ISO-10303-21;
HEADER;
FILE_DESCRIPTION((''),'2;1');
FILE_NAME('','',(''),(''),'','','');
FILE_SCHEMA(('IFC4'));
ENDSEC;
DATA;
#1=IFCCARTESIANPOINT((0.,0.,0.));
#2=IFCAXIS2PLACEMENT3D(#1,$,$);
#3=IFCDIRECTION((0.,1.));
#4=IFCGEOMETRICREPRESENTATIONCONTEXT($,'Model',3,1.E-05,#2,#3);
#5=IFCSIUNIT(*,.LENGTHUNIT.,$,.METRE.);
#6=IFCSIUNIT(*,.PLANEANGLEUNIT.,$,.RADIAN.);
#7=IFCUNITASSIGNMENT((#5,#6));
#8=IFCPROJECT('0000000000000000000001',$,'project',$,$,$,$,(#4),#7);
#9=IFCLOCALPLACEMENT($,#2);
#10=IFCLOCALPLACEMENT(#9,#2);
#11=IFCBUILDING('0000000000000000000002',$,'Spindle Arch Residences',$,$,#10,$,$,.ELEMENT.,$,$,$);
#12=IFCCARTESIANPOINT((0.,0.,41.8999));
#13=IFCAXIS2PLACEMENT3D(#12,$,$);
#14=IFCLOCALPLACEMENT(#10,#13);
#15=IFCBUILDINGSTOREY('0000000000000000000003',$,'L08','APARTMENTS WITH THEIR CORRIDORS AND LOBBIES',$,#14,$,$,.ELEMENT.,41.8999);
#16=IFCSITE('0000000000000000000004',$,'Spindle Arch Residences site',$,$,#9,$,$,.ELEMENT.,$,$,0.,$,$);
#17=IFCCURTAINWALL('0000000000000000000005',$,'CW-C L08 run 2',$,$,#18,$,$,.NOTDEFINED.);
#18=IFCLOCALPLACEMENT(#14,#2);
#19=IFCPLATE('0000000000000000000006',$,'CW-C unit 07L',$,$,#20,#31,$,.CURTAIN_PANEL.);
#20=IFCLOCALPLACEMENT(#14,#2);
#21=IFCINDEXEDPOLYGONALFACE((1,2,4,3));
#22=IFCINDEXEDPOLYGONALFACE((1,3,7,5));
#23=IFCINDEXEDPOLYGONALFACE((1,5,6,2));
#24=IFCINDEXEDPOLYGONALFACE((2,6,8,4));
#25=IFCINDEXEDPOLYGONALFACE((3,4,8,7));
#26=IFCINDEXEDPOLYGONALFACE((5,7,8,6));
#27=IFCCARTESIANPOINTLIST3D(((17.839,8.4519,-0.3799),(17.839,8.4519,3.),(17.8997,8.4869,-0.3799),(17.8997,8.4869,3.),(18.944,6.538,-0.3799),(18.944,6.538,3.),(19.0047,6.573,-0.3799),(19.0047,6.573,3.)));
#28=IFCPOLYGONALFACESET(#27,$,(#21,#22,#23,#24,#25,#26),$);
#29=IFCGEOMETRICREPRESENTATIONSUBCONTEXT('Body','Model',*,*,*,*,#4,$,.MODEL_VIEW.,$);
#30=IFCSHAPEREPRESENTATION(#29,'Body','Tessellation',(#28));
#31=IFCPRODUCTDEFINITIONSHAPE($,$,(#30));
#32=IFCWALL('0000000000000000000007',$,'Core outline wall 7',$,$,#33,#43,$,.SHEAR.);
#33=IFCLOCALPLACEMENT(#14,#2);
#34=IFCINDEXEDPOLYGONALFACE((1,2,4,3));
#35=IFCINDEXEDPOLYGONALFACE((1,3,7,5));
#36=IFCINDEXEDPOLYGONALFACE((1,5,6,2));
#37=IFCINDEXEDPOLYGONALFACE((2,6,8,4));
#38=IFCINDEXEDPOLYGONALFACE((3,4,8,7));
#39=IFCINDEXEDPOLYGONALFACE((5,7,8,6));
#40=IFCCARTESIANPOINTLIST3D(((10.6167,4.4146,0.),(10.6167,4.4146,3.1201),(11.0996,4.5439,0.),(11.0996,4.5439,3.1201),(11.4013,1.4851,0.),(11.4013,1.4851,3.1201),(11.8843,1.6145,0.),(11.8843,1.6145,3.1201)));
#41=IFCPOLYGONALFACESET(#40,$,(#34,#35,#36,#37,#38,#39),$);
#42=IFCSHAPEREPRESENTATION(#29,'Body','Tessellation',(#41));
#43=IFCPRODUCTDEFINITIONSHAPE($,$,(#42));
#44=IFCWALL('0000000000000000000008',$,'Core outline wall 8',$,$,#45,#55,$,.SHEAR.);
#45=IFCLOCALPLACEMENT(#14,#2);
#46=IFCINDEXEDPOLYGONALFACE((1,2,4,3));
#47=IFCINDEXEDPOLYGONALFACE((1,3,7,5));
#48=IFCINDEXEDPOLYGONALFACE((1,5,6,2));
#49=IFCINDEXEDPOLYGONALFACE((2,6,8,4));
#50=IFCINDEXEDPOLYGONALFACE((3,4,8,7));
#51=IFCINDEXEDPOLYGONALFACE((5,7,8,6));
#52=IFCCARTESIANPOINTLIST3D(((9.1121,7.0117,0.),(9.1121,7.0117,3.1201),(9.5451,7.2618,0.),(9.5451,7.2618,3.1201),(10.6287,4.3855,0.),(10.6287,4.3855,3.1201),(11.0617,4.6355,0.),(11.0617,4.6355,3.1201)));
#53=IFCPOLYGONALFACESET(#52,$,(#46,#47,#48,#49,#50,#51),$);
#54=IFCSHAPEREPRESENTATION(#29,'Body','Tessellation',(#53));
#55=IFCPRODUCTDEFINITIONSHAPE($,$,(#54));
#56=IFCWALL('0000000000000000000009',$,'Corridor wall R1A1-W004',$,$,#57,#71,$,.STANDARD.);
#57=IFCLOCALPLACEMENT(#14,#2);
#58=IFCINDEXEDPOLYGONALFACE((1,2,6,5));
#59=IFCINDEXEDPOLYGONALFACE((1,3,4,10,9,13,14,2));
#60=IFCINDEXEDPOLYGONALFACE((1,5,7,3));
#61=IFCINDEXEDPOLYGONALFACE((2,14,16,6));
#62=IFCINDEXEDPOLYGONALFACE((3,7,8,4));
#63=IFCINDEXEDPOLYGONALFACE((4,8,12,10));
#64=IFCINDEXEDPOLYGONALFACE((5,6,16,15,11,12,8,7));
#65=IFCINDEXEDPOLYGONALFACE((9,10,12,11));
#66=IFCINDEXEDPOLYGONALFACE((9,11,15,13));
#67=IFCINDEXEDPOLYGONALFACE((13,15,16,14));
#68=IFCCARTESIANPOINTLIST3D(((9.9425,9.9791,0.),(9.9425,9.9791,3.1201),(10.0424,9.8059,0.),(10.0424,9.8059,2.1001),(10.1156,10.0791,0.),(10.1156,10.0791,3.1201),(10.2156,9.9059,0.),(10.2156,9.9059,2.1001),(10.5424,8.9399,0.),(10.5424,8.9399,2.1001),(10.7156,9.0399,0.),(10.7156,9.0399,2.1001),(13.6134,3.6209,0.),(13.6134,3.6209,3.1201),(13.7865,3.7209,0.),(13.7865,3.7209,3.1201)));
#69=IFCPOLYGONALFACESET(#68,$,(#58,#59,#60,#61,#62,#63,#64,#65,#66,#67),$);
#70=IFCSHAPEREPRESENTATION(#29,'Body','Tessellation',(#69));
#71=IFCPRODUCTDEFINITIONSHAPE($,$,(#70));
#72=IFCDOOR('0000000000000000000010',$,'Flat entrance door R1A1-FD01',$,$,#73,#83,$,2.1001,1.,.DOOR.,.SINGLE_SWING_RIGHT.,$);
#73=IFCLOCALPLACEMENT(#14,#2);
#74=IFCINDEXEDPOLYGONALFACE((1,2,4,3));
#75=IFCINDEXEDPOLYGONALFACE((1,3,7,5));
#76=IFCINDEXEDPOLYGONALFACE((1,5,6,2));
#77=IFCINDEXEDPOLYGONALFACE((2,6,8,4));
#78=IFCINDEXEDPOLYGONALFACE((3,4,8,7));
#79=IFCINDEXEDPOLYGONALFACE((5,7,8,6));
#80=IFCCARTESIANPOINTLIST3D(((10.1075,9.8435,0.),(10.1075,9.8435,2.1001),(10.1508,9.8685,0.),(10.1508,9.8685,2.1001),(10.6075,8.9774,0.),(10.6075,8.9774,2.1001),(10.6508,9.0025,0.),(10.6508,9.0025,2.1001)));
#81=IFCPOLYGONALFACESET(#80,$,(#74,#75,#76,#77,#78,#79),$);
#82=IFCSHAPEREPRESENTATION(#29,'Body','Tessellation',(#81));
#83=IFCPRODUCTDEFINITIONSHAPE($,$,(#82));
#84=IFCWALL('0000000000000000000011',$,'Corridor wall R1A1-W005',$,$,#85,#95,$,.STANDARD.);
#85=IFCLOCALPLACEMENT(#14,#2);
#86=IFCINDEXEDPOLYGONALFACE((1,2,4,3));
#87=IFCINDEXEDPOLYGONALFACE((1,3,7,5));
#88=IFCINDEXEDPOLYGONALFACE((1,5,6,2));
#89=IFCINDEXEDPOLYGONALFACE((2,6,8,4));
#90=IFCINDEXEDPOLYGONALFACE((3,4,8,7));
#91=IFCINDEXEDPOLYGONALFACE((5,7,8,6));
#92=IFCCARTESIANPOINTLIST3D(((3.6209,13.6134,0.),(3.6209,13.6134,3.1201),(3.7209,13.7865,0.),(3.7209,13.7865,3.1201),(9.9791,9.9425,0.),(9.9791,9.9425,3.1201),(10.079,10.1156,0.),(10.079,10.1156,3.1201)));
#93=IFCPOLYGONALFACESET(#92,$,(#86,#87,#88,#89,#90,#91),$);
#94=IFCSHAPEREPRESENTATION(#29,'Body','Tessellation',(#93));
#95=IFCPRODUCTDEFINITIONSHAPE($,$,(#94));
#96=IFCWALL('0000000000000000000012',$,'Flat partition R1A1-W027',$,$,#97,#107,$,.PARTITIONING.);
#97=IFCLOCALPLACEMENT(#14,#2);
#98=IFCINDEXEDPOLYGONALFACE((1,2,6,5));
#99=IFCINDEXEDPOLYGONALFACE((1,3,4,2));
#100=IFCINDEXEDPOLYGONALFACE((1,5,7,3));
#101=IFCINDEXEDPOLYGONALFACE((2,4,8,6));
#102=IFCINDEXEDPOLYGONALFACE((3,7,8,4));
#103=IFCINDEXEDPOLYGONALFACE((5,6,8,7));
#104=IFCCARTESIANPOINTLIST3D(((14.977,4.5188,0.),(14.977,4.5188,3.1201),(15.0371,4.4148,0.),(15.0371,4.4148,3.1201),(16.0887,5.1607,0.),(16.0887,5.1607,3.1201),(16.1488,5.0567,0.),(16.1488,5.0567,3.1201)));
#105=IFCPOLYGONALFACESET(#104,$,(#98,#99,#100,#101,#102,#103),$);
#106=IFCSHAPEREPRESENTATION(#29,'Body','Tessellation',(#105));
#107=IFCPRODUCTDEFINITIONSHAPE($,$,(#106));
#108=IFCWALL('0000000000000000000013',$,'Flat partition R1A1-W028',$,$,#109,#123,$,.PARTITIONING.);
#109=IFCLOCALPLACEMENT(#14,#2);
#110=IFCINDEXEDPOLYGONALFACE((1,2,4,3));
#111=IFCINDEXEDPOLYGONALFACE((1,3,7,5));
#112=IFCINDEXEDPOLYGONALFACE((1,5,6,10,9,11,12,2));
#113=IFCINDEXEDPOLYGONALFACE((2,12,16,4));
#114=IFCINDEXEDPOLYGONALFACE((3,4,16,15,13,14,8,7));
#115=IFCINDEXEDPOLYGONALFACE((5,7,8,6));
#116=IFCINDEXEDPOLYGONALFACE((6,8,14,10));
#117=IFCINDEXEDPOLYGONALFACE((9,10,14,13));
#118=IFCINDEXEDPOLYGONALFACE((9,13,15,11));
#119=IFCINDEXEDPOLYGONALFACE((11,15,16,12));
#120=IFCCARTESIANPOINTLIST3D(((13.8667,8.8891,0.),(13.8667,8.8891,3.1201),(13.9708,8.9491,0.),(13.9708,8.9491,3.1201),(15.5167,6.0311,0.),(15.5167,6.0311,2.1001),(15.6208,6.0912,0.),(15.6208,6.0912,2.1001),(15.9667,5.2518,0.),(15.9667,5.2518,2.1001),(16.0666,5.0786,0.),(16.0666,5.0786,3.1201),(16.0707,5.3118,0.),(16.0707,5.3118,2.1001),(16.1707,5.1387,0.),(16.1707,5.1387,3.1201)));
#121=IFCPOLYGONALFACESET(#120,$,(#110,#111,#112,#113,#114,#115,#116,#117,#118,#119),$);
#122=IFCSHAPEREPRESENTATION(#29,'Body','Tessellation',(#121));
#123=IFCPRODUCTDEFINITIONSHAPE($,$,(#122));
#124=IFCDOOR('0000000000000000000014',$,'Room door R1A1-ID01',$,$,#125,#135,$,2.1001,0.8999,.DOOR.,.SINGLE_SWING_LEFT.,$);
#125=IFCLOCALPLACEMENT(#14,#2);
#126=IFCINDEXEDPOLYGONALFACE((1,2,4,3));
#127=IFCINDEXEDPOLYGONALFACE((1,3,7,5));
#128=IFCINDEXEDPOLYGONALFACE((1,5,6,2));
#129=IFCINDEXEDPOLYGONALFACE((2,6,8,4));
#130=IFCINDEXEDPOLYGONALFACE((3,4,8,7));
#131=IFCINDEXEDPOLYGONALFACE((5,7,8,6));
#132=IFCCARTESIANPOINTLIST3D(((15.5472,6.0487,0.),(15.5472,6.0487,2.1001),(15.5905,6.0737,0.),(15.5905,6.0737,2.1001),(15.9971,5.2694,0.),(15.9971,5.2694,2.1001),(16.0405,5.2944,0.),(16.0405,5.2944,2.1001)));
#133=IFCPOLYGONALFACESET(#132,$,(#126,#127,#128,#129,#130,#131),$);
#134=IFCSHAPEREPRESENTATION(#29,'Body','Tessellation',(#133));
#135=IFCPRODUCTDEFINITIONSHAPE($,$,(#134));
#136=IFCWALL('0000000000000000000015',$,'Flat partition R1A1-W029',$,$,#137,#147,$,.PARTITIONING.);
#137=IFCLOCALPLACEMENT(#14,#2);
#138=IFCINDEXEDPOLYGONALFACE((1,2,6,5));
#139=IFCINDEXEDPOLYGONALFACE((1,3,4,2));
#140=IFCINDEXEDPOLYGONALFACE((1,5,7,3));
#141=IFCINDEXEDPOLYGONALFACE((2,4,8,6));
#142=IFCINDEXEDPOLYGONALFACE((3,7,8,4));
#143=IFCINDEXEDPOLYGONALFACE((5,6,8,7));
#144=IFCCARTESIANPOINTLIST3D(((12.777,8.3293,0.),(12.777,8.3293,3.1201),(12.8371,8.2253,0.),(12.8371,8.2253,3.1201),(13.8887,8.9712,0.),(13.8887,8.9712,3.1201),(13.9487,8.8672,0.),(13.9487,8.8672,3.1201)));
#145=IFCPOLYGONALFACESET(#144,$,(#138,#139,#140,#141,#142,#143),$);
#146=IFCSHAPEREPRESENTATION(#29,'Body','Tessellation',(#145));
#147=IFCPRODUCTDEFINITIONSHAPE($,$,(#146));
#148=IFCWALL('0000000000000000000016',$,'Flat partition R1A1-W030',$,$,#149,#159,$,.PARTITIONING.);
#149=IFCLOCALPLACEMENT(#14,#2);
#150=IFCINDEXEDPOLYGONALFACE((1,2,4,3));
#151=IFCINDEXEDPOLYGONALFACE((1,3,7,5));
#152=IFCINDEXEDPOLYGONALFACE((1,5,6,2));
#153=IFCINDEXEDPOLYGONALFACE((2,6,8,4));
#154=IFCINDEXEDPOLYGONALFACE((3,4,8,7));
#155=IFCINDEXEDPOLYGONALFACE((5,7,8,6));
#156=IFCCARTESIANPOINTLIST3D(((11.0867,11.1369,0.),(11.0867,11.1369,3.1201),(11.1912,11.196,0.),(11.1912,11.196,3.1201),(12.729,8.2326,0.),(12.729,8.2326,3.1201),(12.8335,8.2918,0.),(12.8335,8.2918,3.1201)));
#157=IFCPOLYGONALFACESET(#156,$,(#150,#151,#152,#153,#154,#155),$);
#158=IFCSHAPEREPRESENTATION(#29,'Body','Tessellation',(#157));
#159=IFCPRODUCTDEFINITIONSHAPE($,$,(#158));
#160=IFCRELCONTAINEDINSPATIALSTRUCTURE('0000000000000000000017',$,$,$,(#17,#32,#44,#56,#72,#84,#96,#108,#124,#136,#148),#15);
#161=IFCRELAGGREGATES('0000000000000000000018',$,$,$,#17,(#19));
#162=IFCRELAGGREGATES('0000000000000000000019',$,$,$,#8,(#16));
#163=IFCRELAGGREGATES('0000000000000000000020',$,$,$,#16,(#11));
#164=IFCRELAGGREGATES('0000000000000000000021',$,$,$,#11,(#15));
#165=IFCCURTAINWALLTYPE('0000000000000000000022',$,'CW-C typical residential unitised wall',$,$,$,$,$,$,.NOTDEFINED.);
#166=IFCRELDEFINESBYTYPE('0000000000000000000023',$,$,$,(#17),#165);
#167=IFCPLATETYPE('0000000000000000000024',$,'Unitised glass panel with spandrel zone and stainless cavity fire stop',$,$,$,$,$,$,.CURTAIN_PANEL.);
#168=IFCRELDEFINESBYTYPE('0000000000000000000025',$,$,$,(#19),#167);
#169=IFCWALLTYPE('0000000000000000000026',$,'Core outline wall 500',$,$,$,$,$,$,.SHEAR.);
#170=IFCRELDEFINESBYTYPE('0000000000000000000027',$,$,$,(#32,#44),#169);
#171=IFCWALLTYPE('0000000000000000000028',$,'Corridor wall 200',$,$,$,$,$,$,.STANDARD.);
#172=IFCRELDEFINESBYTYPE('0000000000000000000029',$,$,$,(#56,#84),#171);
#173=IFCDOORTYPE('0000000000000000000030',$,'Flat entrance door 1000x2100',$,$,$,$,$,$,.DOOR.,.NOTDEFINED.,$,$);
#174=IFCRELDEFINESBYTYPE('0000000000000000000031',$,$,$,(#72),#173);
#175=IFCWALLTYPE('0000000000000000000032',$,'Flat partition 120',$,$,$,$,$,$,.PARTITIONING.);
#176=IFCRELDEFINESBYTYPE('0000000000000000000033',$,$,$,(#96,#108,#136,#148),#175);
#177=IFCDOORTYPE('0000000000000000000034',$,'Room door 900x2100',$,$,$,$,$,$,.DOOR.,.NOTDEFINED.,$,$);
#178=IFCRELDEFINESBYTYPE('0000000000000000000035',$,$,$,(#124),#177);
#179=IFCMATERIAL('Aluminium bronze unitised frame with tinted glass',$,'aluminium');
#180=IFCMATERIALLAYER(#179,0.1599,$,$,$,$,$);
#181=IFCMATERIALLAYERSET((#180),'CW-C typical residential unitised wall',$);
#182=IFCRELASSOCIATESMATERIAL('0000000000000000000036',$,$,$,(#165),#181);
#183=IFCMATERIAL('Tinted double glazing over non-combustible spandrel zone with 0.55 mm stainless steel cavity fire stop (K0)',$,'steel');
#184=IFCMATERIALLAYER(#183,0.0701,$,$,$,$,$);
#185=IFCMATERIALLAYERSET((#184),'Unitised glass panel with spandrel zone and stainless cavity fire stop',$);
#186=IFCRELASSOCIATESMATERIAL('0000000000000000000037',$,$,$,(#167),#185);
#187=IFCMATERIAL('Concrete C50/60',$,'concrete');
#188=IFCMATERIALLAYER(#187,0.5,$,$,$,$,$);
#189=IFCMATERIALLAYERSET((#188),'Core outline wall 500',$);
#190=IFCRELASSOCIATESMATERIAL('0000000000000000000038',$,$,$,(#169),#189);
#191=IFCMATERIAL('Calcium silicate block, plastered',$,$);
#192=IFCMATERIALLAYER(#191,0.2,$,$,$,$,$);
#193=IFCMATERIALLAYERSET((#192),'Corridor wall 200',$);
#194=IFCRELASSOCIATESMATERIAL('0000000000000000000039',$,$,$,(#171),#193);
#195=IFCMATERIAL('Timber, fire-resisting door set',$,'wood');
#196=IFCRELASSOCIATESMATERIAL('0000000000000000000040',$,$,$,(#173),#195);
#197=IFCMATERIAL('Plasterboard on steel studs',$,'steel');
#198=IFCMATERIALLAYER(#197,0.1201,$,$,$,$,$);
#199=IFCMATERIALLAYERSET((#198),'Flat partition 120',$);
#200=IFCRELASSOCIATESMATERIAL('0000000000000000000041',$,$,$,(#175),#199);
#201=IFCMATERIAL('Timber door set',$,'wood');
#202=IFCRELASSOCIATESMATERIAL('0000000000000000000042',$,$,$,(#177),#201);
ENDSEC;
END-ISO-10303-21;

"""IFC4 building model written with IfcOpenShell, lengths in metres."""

from ifc_helpers import new_model, si_unit, direction, frame, frame_2d, origin, origin_2d, place, context, subcontext, project, spatial, rectangle, extrude, material, layer, layer_set, type_object, element, fill, aggregate, save


model = new_model("IFC4")

# Units and contexts
model_context = context("Model", 3, precision=1e-05, world=origin(), true_north=direction((0.0, 1.0)))
body_context = subcontext(model_context, "Body", "Model", "MODEL_VIEW")
ifc_project = project(units=[si_unit("LENGTHUNIT", "METRE"), si_unit("PLANEANGLEUNIT", "RADIAN")], contexts=[model_context])

# Site, building, storey
site_placement = place(None, origin())
site = spatial("IfcSite", under=ifc_project, at=site_placement, Name="Spindle Arch Residences site", CompositionType="ELEMENT", RefElevation=0.0)
building_placement = place(site_placement, origin())
building = spatial("IfcBuilding", under=site, at=building_placement, Name="Spindle Arch Residences", CompositionType="ELEMENT")
storey_placement = place(building_placement, frame((0.0, 0.0, 41.8999)))
storey = spatial("IfcBuildingStorey", under=building, at=storey_placement, Name="L08", Description="APARTMENTS WITH THEIR CORRIDORS AND LOBBIES", CompositionType="ELEMENT", Elevation=41.8999)

# Curtain wall
ifc_material_1 = material(Name="Aluminium bronze unitised frame with tinted glass", Category="aluminium")
ifc_layer_1 = layer(ifc_material_1, 0.1599)
ifc_layer_set_1 = layer_set([ifc_layer_1], Name="CW-C typical residential unitised wall")
curtain_wall_type = type_object("IfcCurtainWallType", Name="CW-C typical residential unitised wall", PredefinedType="NOTDEFINED", material=ifc_layer_set_1)
curtain_wall_placement = place(storey_placement, origin())
curtain_wall = element("IfcCurtainWall", 1, at=curtain_wall_placement, inside=storey, type_object=curtain_wall_type, Name="CW-C L08 run 2", PredefinedType="NOTDEFINED")

# Plate
ifc_material_2 = material(Name="Tinted double glazing over non-combustible spandrel zone with 0.55 mm stainless steel cavity fire stop (K0)", Category="steel")
ifc_layer_2 = layer(ifc_material_2, 0.0701)
ifc_layer_set_2 = layer_set([ifc_layer_2], Name="Unitised glass panel with spandrel zone and stainless cavity fire stop")
plate_type = type_object("IfcPlateType", Name="Unitised glass panel with spandrel zone and stainless cavity fire stop", PredefinedType="CURTAIN_PANEL", material=ifc_layer_set_2)
plate_1_placement = place(storey_placement, frame((18.4219, 7.5125, -0.3799), z_axis=(0.0, 0.0, 1.0), x_axis=(-0.5, 0.866025, 0.0)))
plate_1 = element("IfcPlate", 2, at=plate_1_placement, type_object=plate_type, Name="CW-C unit 07L", PredefinedType="CURTAIN_PANEL", context=body_context, shape_type="SweptSolid", body=[
    extrude(rectangle(XDim=2.21, YDim=0.0701, at=origin_2d()), origin(), (0.0, 0.0, 1.0), 3.3799),
])
aggregate(curtain_wall, [plate_1])

# Walls
ifc_material_3 = material(Name="Concrete C50/60", Category="concrete")
ifc_layer_3 = layer(ifc_material_3, 0.5)
ifc_layer_set_3 = layer_set([ifc_layer_3], Name="Core outline wall 500")
wall_type_1 = type_object("IfcWallType", Name="Core outline wall 500", PredefinedType="SHEAR", material=ifc_layer_set_3)
for number, where, z_axis, x_axis, name in (
    (3, (11.6428, 1.5498, 0.0), (0.0, 0.0, 1.0), (-0.258735, 0.965948, 0.0), "Core outline wall 7"),
    (4, (10.8452, 4.5105, 0.0), (0.0, 0.0, 1.0), (-0.500087, 0.865975, 0.0), "Core outline wall 8"),
):
    element("IfcWall", number, at=place(storey_placement, frame(where, z_axis=z_axis, x_axis=x_axis)), inside=storey, type_object=wall_type_1, Name=name, PredefinedType="SHEAR", context=body_context, shape_type="SweptSolid", body=[
        extrude(rectangle(XDim=3.0327, YDim=0.5, at=frame_2d((1.5164, 0.0))), origin(), (0.0, 0.0, 1.0), 3.1201),
    ])

# Wall, opening, door
ifc_material_4 = material(Name="Calcium silicate block, plastered")
ifc_layer_4 = layer(ifc_material_4, 0.2)
ifc_layer_set_4 = layer_set([ifc_layer_4], Name="Corridor wall 200")
wall_type_2 = type_object("IfcWallType", Name="Corridor wall 200", PredefinedType="STANDARD", material=ifc_layer_set_4)
wall_1_placement = place(storey_placement, frame((13.7, 3.6709, 0.0), z_axis=(0.0, 0.0, 1.0), x_axis=(-0.500002, 0.866024, 0.0)))
wall_1 = element("IfcWall", 5, at=wall_1_placement, inside=storey, type_object=wall_type_2, Name="Corridor wall R1A1-W004", PredefinedType="STANDARD", context=body_context, shape_type="SweptSolid", body=[
    extrude(rectangle(XDim=7.3418, YDim=0.2, at=frame_2d((3.6709, 0.0))), origin(), (0.0, 0.0, 1.0), 3.1201),
])
opening_1_placement = place(wall_1_placement, frame((6.1418, 0.0, 0.0)))
opening_1 = element("IfcOpeningElement", 6, at=opening_1_placement, cuts=wall_1, PredefinedType="OPENING", context=body_context, shape_type="SweptSolid", body=[
    extrude(rectangle(XDim=1.0, YDim=2.1001, at=frame_2d((0.5, 1.05))), frame((0.0, 0.1099, 0.0), z_axis=(0.0, -1.0, 0.0), x_axis=(1.0, 0.0, 0.0)), (0.0, 0.0, 1.0), 0.22),
])
ifc_material_5 = material(Name="Timber, fire-resisting door set", Category="wood")
door_type_1 = type_object("IfcDoorType", Name="Flat entrance door 1000x2100", OperationType="NOTDEFINED", PredefinedType="DOOR", material=ifc_material_5)
door_1_placement = place(opening_1_placement, origin())
door_1 = element("IfcDoor", 7, at=door_1_placement, inside=storey, type_object=door_type_1, Name="Flat entrance door R1A1-FD01", OperationType="SINGLE_SWING_RIGHT", OverallHeight=2.1001, OverallWidth=1.0, PredefinedType="DOOR", context=body_context, shape_type="SweptSolid", body=[
    extrude(rectangle(XDim=1.0, YDim=2.1001, at=frame_2d((0.5, 1.05))), frame((0.0, 0.0249, 0.0), z_axis=(0.0, -1.0, 0.0), x_axis=(1.0, 0.0, 0.0)), (0.0, 0.0, 1.0), 0.05),
])
fill(opening_1, door_1)

# Walls
wall_2_placement = place(storey_placement, frame((10.0291, 10.0291, 0.0), z_axis=(0.0, 0.0, 1.0), x_axis=(-0.866024, 0.500002, 0.0)))
element("IfcWall", 8, at=wall_2_placement, inside=storey, type_object=wall_type_2, Name="Corridor wall R1A1-W005", PredefinedType="STANDARD", context=body_context, shape_type="SweptSolid", body=[
    extrude(rectangle(XDim=7.3418, YDim=0.2, at=frame_2d((3.6709, 0.0))), origin(), (0.0, 0.0, 1.0), 3.1201),
])
ifc_material_6 = material(Name="Plasterboard on steel studs", Category="steel")
ifc_layer_5 = layer(ifc_material_6, 0.1201)
ifc_layer_set_5 = layer_set([ifc_layer_5], Name="Flat partition 120")
wall_type_3 = type_object("IfcWallType", Name="Flat partition 120", PredefinedType="PARTITIONING", material=ifc_layer_set_5)
wall_3_placement = place(storey_placement, frame((15.0071, 4.4668, 0.0), z_axis=(0.0, 0.0, 1.0), x_axis=(0.865999, 0.500046, 0.0)))
element("IfcWall", 9, at=wall_3_placement, inside=storey, type_object=wall_type_3, Name="Flat partition R1A1-W027", PredefinedType="PARTITIONING", context=body_context, shape_type="SweptSolid", body=[
    extrude(rectangle(XDim=1.2837, YDim=0.1201, at=frame_2d((0.6418, 0.0))), origin(), (0.0, 0.0, 1.0), 3.1201),
])

# Wall, opening, door
wall_4_placement = place(storey_placement, frame((16.1187, 5.1086, 0.0), z_axis=(0.0, 0.0, 1.0), x_axis=(-0.499988, 0.866032, 0.0)))
wall_4 = element("IfcWall", 10, at=wall_4_placement, inside=storey, type_object=wall_type_3, Name="Flat partition R1A1-W028", PredefinedType="PARTITIONING", context=body_context, shape_type="SweptSolid", body=[
    extrude(rectangle(XDim=4.3999, YDim=0.1201, at=frame_2d((2.2, 0.0))), origin(), (0.0, 0.0, 1.0), 3.1201),
])
opening_2_placement = place(wall_4_placement, frame((0.2, 0.0, 0.0)))
opening_2 = element("IfcOpeningElement", 11, at=opening_2_placement, cuts=wall_4, PredefinedType="OPENING", context=body_context, shape_type="SweptSolid", body=[
    extrude(rectangle(XDim=0.8999, YDim=2.1001, at=frame_2d((0.45, 1.05))), frame((0.0, 0.0701, 0.0), z_axis=(0.0, -1.0, 0.0), x_axis=(1.0, 0.0, 0.0)), (0.0, 0.0, 1.0), 0.1401),
])
ifc_material_7 = material(Name="Timber door set", Category="wood")
door_type_2 = type_object("IfcDoorType", Name="Room door 900x2100", OperationType="NOTDEFINED", PredefinedType="DOOR", material=ifc_material_7)
door_2_placement = place(opening_2_placement, origin())
door_2 = element("IfcDoor", 12, at=door_2_placement, inside=storey, type_object=door_type_2, Name="Room door R1A1-ID01", OperationType="SINGLE_SWING_LEFT", OverallHeight=2.1001, OverallWidth=0.8999, PredefinedType="DOOR", context=body_context, shape_type="SweptSolid", body=[
    extrude(rectangle(XDim=0.8999, YDim=2.1001, at=frame_2d((0.45, 1.05))), frame((0.0, 0.0249, 0.0), z_axis=(0.0, -1.0, 0.0), x_axis=(1.0, 0.0, 0.0)), (0.0, 0.0, 1.0), 0.05),
])
fill(opening_2, door_2)

# Walls
wall_5_placement = place(storey_placement, frame((13.9187, 8.9192, 0.0), z_axis=(0.0, 0.0, 1.0), x_axis=(-0.865999, -0.500046, 0.0)))
element("IfcWall", 13, at=wall_5_placement, inside=storey, type_object=wall_type_3, Name="Flat partition R1A1-W029", PredefinedType="PARTITIONING", context=body_context, shape_type="SweptSolid", body=[
    extrude(rectangle(XDim=1.2837, YDim=0.1201, at=frame_2d((0.6418, 0.0))), origin(), (0.0, 0.0, 1.0), 3.1201),
])
wall_6_placement = place(storey_placement, frame((12.7812, 8.2622, 0.0), z_axis=(0.0, 0.0, 1.0), x_axis=(-0.492233, 0.870463, 0.0)))
element("IfcWall", 14, at=wall_6_placement, inside=storey, type_object=wall_type_3, Name="Flat partition R1A1-W030", PredefinedType="PARTITIONING", context=body_context, shape_type="SweptSolid", body=[
    extrude(rectangle(XDim=3.3364, YDim=0.1201, at=frame_2d((1.6682, 0.0))), origin(), (0.0, 0.0, 1.0), 3.1201),
])

save(model, "model.ifc")
